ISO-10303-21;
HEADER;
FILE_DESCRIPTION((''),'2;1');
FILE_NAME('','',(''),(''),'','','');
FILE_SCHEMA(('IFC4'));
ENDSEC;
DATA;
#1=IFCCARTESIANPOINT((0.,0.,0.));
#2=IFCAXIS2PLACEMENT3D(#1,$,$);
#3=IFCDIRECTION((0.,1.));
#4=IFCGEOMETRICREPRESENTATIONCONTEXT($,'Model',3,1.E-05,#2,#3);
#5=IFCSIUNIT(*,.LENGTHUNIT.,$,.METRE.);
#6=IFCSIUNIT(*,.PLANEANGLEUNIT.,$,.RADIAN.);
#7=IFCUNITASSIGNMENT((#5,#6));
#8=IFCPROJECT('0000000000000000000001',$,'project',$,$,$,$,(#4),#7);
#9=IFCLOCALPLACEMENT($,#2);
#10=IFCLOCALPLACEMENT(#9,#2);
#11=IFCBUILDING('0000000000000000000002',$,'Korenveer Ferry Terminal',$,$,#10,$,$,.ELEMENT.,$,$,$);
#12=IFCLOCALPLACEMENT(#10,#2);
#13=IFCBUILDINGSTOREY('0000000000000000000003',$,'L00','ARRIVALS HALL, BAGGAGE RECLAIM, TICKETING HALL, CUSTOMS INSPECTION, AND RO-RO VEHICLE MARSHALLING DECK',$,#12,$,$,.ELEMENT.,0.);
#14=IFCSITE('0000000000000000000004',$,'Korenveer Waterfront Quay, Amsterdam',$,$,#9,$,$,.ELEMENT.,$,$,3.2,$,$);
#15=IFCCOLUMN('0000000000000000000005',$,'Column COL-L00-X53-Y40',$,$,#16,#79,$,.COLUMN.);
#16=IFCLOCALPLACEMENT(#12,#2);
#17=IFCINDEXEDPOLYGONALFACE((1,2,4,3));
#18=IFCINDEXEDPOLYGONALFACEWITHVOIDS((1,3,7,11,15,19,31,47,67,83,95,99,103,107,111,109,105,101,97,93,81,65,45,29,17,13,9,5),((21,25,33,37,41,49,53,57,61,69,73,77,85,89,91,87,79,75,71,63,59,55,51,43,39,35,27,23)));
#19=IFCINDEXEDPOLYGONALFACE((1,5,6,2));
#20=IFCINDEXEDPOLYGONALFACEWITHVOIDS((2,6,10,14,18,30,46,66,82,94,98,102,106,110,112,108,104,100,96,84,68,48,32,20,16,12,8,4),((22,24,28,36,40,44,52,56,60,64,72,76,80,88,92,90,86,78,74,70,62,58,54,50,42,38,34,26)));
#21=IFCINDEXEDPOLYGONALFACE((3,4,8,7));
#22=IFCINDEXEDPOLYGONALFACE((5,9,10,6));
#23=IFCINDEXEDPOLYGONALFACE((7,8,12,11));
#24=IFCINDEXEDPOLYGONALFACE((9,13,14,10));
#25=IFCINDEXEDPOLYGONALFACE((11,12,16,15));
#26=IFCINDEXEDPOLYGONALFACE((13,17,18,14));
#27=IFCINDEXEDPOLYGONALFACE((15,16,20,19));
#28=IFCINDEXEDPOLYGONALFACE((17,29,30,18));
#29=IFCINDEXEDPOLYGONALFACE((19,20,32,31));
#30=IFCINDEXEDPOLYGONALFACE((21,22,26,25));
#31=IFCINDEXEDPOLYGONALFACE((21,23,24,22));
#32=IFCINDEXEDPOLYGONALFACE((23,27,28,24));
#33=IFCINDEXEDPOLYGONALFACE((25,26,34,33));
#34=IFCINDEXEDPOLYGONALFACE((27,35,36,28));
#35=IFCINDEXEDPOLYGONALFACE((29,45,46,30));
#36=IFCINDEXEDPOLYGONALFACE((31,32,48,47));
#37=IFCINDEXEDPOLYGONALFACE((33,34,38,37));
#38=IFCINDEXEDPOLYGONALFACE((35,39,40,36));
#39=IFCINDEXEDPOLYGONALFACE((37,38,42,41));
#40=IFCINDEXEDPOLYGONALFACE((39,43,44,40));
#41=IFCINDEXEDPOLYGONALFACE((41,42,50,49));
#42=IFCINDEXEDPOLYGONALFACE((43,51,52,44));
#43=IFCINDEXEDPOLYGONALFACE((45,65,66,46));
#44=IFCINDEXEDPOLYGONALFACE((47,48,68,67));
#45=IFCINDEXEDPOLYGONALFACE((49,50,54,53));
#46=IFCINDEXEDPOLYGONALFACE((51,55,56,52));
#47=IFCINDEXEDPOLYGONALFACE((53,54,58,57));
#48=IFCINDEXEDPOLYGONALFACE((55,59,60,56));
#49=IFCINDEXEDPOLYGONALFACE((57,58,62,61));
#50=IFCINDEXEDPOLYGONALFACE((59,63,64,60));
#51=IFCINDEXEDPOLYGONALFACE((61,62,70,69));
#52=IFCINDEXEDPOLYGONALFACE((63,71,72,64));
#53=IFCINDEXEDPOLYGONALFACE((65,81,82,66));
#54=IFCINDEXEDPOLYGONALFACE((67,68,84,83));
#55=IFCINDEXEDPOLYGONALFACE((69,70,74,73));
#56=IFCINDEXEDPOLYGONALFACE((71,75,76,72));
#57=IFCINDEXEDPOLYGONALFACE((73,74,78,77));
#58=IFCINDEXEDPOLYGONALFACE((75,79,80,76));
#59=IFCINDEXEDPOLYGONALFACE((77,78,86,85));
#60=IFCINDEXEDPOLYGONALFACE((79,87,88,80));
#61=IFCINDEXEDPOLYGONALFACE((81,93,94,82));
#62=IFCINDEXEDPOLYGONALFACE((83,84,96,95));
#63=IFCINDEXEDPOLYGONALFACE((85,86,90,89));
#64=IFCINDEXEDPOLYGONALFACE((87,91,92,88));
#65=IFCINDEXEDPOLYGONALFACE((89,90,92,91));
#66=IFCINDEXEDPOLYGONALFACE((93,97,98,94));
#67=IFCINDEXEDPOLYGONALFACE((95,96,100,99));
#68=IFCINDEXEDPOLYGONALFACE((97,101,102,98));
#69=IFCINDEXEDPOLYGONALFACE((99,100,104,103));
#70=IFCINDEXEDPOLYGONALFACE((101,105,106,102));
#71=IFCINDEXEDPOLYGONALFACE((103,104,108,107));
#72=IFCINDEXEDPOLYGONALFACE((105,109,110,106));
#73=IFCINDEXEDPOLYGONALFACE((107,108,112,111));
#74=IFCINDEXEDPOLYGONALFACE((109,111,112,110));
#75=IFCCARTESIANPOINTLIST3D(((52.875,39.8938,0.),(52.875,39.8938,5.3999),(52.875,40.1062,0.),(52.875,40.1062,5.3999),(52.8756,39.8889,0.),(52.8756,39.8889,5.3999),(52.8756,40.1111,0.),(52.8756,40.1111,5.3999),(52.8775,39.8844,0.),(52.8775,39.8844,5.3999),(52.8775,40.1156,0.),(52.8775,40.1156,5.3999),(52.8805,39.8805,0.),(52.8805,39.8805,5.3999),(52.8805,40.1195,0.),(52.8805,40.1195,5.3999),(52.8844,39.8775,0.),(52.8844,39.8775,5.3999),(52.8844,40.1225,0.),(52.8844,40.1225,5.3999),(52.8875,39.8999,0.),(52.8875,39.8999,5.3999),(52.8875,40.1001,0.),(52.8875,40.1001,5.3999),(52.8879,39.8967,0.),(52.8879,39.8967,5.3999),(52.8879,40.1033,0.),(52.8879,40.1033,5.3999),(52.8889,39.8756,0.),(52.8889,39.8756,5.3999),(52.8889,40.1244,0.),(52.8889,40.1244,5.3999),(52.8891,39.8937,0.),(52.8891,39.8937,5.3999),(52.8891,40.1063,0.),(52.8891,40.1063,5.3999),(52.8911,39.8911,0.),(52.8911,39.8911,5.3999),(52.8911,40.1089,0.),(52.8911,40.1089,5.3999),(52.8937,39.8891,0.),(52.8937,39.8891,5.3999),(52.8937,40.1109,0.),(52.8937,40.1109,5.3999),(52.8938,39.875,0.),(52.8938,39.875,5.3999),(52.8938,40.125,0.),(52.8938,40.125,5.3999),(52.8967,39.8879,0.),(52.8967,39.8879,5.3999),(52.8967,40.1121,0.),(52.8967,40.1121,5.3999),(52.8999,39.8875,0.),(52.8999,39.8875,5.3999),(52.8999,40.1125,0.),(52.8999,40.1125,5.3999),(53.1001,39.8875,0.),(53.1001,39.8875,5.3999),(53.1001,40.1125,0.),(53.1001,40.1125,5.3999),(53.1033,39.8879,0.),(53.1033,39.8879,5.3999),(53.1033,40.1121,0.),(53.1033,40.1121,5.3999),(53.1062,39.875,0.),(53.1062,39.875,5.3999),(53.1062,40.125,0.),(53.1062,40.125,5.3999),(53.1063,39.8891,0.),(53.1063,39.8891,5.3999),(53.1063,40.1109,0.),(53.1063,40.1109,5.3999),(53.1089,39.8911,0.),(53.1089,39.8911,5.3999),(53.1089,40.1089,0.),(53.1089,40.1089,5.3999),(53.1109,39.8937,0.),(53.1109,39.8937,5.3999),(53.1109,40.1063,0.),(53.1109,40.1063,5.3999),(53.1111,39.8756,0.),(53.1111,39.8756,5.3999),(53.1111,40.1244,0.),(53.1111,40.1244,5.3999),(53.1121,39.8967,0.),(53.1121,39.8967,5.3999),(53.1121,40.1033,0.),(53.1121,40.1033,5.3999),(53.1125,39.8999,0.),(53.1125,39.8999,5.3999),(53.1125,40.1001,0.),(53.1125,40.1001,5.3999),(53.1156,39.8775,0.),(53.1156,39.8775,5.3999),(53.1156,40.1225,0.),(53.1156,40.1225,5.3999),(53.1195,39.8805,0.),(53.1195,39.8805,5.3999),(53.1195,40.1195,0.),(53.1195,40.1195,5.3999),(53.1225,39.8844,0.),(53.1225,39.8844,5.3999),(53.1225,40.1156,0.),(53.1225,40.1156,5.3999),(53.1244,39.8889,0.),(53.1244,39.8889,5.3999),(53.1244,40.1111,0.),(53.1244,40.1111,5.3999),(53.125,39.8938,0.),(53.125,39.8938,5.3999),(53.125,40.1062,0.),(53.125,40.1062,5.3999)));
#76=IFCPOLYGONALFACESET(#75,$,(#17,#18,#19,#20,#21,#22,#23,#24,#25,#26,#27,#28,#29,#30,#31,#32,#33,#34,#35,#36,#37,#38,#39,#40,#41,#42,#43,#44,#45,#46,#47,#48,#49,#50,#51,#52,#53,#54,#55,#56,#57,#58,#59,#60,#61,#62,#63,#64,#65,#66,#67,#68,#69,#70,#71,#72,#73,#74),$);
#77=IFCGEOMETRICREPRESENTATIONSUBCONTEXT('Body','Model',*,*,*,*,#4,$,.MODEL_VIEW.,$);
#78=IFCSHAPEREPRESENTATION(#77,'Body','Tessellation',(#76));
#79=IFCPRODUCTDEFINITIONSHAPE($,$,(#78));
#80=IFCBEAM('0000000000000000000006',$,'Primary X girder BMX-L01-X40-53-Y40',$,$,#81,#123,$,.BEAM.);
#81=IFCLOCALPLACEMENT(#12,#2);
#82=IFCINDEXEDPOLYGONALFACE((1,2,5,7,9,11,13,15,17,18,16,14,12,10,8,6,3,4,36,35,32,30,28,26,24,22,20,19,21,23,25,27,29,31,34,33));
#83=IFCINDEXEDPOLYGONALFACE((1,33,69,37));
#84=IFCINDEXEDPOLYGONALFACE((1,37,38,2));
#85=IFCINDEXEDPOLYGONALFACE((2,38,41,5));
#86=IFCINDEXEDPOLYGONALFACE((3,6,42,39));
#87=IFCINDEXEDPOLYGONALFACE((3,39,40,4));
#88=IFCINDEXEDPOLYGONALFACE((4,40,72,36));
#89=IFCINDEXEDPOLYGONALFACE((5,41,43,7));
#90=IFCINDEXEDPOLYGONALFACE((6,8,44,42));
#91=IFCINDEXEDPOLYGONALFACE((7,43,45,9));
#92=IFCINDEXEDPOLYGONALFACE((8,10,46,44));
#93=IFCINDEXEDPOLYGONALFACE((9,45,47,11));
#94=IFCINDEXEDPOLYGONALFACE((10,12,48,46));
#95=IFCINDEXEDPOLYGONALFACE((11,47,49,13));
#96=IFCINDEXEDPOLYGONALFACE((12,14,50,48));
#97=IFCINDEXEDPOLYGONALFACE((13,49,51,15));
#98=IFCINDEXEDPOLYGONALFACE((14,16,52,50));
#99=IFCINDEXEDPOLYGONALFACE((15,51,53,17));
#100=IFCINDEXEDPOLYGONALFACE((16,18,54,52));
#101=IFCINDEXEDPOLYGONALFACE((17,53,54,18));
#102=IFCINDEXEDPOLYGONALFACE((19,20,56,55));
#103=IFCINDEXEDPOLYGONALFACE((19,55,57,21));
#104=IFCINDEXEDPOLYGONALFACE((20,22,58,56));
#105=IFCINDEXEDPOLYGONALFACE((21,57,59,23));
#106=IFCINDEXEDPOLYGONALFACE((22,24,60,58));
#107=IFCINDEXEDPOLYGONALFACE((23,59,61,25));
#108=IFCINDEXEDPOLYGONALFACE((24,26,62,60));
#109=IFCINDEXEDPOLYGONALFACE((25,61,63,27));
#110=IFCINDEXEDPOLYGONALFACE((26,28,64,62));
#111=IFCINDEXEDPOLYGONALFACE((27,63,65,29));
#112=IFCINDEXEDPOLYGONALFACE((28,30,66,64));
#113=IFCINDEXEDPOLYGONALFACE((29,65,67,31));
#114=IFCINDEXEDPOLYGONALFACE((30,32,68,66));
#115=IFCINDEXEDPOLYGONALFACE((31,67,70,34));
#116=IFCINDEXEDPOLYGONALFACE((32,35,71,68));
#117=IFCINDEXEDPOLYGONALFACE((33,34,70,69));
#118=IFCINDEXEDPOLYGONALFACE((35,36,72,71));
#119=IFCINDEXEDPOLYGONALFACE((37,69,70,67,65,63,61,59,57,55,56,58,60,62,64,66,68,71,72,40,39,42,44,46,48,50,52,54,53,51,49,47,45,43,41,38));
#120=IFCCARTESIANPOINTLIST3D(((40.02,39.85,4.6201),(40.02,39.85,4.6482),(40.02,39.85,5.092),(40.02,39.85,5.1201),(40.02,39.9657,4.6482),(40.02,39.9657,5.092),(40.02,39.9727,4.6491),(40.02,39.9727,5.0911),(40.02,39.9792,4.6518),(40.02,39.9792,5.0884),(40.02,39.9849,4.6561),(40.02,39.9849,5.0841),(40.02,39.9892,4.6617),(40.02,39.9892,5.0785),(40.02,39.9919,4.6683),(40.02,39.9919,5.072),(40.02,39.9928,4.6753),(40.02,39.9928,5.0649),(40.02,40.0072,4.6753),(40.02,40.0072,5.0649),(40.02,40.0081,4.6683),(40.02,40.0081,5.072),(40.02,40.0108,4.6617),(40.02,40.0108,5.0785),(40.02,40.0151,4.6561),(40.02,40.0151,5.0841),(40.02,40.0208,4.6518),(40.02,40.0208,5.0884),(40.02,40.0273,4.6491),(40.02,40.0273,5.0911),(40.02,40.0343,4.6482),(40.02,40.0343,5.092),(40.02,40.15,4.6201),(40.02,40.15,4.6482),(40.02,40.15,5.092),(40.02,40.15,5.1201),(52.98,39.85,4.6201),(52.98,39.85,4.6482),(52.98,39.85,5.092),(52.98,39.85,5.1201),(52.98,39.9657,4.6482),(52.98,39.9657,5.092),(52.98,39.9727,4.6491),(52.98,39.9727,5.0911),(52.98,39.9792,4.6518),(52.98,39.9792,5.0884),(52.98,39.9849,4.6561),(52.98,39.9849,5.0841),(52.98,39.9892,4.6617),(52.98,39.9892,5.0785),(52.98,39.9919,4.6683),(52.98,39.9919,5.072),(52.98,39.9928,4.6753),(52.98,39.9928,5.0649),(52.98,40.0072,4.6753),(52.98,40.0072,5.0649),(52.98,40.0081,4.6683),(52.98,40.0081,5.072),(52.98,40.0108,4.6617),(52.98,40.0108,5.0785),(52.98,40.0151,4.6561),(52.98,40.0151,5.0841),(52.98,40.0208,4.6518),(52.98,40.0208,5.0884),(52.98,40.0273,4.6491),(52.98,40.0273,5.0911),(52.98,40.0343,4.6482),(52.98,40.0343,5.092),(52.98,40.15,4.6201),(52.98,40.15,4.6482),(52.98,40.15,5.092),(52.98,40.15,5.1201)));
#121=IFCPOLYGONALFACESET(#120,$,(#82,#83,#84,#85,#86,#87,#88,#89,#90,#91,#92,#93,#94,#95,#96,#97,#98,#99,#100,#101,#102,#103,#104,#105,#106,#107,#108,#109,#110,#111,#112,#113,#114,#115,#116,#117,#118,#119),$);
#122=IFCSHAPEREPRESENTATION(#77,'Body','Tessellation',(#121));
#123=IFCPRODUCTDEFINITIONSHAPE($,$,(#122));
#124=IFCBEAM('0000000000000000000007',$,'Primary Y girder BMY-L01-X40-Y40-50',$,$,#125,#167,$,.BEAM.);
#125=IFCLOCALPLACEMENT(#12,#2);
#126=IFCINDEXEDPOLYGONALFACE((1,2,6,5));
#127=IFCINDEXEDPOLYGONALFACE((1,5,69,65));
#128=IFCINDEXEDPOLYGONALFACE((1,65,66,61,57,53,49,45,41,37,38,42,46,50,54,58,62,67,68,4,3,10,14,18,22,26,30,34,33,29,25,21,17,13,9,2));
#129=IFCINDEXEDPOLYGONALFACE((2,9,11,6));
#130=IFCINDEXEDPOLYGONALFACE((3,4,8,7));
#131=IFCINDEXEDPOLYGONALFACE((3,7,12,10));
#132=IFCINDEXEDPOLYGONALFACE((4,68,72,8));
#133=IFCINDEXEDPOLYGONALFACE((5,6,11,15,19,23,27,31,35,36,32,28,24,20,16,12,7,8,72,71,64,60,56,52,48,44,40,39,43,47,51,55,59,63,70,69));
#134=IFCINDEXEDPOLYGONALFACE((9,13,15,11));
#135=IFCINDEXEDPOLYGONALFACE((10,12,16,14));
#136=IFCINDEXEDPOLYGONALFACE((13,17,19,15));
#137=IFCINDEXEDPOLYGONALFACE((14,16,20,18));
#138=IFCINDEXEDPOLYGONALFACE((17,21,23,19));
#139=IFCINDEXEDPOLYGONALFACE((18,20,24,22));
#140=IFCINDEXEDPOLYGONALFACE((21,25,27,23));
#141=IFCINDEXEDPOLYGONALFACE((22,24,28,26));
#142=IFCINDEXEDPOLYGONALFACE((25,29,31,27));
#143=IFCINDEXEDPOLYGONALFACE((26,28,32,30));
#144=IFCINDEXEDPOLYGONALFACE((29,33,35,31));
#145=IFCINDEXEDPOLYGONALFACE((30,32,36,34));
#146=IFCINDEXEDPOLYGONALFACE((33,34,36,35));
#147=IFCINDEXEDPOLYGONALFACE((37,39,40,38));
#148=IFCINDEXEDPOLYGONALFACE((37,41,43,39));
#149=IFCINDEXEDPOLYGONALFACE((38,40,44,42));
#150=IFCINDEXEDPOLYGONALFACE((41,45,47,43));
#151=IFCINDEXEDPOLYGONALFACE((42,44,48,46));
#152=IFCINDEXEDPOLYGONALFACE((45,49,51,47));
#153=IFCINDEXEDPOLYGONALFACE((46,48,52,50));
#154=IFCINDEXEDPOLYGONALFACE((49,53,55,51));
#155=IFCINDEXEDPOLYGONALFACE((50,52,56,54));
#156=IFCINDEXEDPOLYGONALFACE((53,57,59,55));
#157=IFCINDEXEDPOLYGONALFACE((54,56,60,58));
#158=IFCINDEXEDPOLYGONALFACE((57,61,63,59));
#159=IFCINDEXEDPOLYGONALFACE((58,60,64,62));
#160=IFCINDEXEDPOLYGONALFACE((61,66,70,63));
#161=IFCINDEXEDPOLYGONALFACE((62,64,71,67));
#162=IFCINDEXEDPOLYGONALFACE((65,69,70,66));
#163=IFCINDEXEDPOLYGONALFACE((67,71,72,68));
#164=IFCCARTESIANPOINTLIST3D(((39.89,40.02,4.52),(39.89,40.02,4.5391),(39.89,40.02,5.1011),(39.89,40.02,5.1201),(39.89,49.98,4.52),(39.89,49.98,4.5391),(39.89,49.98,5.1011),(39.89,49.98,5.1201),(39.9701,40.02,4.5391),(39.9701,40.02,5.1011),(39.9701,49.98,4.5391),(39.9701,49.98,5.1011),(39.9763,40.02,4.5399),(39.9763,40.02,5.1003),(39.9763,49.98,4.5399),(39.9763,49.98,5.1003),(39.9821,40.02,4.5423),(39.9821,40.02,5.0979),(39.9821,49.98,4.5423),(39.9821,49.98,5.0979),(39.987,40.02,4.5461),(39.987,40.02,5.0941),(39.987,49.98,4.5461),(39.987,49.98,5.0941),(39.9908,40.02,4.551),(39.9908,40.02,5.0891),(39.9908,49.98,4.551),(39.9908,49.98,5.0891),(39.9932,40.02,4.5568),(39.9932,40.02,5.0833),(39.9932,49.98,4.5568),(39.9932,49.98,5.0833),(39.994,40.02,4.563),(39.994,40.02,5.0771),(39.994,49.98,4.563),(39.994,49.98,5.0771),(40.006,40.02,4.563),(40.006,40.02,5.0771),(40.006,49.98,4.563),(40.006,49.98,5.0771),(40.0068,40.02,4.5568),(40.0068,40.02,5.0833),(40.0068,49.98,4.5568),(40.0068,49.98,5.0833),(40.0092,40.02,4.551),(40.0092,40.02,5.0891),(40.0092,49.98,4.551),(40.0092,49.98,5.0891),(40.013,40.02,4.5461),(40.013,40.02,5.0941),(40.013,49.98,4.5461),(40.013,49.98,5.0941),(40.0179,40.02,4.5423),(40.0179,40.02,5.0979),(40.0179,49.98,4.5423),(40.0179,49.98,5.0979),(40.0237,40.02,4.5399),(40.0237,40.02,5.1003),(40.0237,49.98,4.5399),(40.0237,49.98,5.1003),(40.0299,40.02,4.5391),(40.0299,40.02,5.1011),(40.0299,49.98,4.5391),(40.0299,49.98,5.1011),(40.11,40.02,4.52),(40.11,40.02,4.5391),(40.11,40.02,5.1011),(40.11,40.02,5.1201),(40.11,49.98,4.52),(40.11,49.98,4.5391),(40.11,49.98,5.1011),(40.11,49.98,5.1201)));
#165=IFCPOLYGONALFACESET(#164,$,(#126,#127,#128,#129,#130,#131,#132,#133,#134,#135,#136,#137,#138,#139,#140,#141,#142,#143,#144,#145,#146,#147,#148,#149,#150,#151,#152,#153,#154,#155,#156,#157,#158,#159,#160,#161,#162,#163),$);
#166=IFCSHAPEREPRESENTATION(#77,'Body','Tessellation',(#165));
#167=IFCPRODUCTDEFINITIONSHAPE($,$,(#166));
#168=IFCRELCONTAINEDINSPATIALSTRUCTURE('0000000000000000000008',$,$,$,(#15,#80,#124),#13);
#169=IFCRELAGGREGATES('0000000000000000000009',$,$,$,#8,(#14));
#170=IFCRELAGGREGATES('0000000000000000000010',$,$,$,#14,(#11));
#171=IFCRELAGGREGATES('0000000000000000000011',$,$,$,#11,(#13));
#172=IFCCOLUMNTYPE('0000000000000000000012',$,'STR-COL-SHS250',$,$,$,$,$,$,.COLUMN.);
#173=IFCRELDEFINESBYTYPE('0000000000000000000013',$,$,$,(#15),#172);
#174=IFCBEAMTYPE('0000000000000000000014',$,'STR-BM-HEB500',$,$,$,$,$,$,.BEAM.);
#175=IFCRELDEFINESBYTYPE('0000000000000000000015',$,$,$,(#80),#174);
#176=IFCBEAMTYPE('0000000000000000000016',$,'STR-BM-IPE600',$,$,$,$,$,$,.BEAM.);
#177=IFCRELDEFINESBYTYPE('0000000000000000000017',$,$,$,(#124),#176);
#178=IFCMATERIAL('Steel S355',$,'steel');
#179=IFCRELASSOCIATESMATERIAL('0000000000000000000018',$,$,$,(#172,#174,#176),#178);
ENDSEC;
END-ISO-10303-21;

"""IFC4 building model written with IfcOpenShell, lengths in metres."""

from ifc_helpers import new_model, si_unit, direction, frame, origin, origin_2d, place, context, subcontext, project, spatial, hollow_rectangle, i_section, extrude, material, material_profile, profile_set, type_object, element, save


model = new_model("IFC4")

# Units and contexts
model_context = context("Model", 3, precision=1e-05, world=origin(), true_north=direction((0.0, 1.0)))
body_context = subcontext(model_context, "Body", "Model", "MODEL_VIEW")
ifc_project = project(units=[si_unit("LENGTHUNIT", "METRE"), si_unit("PLANEANGLEUNIT", "RADIAN")], contexts=[model_context])

# Site, building, storey
site_placement = place(None, origin())
site = spatial("IfcSite", under=ifc_project, at=site_placement, Name="Korenveer Waterfront Quay, Amsterdam", CompositionType="ELEMENT", RefElevation=3.2)
building_placement = place(site_placement, origin())
building = spatial("IfcBuilding", under=site, at=building_placement, Name="Korenveer Ferry Terminal", CompositionType="ELEMENT")
storey_placement = place(building_placement, origin())
storey = spatial("IfcBuildingStorey", under=building, at=storey_placement, Name="L00", Description="ARRIVALS HALL, BAGGAGE RECLAIM, TICKETING HALL, CUSTOMS INSPECTION, AND RO-RO VEHICLE MARSHALLING DECK", CompositionType="ELEMENT", Elevation=0.0)

# Column
ifc_material_1 = material(Name="Steel S355", Category="steel")
ifc_material_profile_1 = material_profile(ifc_material_1, hollow_rectangle(XDim=0.25, YDim=0.25, WallThickness=0.0125, InnerFilletRadius=0.0125, OuterFilletRadius=0.0188, at=origin_2d()), Name="SHS 250x250x12.5")
ifc_profile_set_1 = profile_set([ifc_material_profile_1], Name="Steel S355")
column_type_1 = type_object("IfcColumnType", Name="STR-COL-SHS250", PredefinedType="COLUMN", material=ifc_profile_set_1)
column_1_placement = place(storey_placement, frame((53.0, 40.0, 0.0), z_axis=(0.0, 0.0, 1.0), x_axis=(1.0, 0.0, 0.0)))
element("IfcColumn", 1, at=column_1_placement, inside=storey, type_object=column_type_1, Name="Column COL-L00-X53-Y40", PredefinedType="COLUMN", context=body_context, shape_type="SweptSolid", body=[
    extrude(hollow_rectangle(XDim=0.25, YDim=0.25, WallThickness=0.0125, InnerFilletRadius=0.0125, OuterFilletRadius=0.0188, at=origin_2d()), origin(), (0.0, 0.0, 1.0), 5.3999),
])

# Beams
ifc_material_profile_2 = material_profile(ifc_material_1, i_section(OverallWidth=0.3, OverallDepth=0.5, WebThickness=0.0144, FlangeThickness=0.0281, FilletRadius=0.0271, at=origin_2d()), Name="HEB 500")
ifc_profile_set_2 = profile_set([ifc_material_profile_2], Name="Steel S355")
beam_type_1 = type_object("IfcBeamType", Name="STR-BM-HEB500", PredefinedType="BEAM", material=ifc_profile_set_2)
beam_placement = place(storey_placement, frame((40.02, 40.0, 4.8701), z_axis=(1.0, 0.0, 0.0), x_axis=(0.0, 1.0, 0.0)))
element("IfcBeam", 2, at=beam_placement, inside=storey, type_object=beam_type_1, Name="Primary X girder BMX-L01-X40-53-Y40", PredefinedType="BEAM", context=body_context, shape_type="SweptSolid", body=[
    extrude(i_section(OverallWidth=0.3, OverallDepth=0.5, WebThickness=0.0144, FlangeThickness=0.0281, FilletRadius=0.0271, at=origin_2d()), origin(), (0.0, 0.0, 1.0), 12.96),
])
ifc_material_profile_3 = material_profile(ifc_material_1, i_section(OverallWidth=0.22, OverallDepth=0.6001, WebThickness=0.012, FlangeThickness=0.019, FilletRadius=0.0239, at=origin_2d()), Name="IPE 600")
ifc_profile_set_3 = profile_set([ifc_material_profile_3], Name="Steel S355")
beam_type_2 = type_object("IfcBeamType", Name="STR-BM-IPE600", PredefinedType="BEAM", material=ifc_profile_set_3)
for number, where, z_axis, x_axis, name in (
    (3, (40.0, 40.02, 4.8201), (0.0, 1.0, 0.0), (-1.0, 0.0, 0.0), "Primary Y girder BMY-L01-X40-Y40-50"),
):
    element("IfcBeam", number, at=place(storey_placement, frame(where, z_axis=z_axis, x_axis=x_axis)), inside=storey, type_object=beam_type_2, Name=name, PredefinedType="BEAM", context=body_context, shape_type="SweptSolid", body=[
        extrude(i_section(OverallWidth=0.22, OverallDepth=0.6001, WebThickness=0.012, FlangeThickness=0.019, FilletRadius=0.0239, at=origin_2d()), origin(), (0.0, 0.0, 1.0), 9.96),
    ])

save(model, "model.ifc")
